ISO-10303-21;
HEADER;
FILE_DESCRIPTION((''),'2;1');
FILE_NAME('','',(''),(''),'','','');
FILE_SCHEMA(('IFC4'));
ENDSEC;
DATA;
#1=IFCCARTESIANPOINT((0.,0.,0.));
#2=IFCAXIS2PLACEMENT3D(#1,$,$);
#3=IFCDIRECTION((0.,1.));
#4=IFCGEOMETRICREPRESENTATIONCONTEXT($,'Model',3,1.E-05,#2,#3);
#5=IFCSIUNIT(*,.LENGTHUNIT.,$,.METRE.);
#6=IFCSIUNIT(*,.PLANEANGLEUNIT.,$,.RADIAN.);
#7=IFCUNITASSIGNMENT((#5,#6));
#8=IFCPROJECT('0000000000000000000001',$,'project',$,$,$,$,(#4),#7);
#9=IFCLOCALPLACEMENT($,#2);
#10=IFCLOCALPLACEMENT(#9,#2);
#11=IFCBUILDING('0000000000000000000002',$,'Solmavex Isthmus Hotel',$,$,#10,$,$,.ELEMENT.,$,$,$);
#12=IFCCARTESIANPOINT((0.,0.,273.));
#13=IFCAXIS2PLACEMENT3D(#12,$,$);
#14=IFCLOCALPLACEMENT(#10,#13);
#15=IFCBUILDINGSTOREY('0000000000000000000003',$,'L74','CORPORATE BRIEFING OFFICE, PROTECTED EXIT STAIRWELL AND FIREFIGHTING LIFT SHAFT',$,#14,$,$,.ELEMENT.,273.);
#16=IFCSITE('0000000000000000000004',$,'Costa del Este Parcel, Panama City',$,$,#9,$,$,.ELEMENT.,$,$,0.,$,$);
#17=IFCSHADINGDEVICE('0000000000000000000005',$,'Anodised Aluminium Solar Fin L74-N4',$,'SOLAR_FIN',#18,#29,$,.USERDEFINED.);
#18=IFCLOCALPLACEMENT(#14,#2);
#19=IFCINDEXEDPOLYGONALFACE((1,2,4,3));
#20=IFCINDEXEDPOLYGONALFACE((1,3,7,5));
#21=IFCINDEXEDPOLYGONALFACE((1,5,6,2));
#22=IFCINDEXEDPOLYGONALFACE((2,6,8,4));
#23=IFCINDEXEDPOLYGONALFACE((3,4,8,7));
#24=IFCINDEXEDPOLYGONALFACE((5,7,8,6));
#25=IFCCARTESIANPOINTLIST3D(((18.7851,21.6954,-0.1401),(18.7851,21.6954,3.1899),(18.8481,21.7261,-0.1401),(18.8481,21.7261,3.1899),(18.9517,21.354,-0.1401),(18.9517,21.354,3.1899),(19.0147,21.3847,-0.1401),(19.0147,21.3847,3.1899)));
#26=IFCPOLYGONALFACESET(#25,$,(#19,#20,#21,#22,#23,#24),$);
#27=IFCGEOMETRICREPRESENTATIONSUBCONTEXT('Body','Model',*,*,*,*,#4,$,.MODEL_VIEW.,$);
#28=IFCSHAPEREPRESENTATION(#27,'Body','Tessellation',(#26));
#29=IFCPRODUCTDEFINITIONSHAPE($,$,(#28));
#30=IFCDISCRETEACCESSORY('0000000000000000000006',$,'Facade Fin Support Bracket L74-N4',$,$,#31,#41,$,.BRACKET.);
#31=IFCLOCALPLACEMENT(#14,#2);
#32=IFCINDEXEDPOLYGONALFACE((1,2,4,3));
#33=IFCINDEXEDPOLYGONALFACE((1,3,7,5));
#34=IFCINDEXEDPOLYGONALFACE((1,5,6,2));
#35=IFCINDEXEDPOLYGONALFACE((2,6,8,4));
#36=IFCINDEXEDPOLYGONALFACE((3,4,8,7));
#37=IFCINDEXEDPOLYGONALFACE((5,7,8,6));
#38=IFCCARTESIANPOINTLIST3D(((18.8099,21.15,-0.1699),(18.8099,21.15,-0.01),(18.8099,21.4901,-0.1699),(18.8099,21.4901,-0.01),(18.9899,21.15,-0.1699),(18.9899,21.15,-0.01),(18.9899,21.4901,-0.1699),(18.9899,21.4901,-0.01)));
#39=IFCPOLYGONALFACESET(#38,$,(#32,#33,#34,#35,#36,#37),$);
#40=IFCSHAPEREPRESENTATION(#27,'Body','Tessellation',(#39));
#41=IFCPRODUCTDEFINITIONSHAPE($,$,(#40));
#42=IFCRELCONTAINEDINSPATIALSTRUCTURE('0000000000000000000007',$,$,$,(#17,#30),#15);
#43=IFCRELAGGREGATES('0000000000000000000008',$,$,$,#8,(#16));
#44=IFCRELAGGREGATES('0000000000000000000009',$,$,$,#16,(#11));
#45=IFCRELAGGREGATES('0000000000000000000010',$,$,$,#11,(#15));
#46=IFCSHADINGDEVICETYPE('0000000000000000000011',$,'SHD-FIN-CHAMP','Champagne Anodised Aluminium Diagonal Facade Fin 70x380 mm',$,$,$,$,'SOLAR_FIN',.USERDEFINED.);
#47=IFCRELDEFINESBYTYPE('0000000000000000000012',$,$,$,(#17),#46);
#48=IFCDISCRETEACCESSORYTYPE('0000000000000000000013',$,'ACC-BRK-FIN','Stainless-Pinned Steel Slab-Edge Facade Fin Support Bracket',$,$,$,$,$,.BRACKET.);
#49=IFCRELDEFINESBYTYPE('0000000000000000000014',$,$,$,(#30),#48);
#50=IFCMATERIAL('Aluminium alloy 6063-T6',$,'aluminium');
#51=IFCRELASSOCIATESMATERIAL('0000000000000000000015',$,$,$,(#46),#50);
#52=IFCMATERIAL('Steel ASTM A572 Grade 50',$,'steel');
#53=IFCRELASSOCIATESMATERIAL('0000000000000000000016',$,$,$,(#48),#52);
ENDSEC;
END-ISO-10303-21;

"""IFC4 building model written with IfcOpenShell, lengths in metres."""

from ifc_helpers import new_model, si_unit, direction, frame, origin, origin_2d, place, context, subcontext, project, spatial, rectangle, extrude, material, type_object, element, save


model = new_model("IFC4")

# Units and contexts
model_context = context("Model", 3, precision=1e-05, world=origin(), true_north=direction((0.0, 1.0)))
body_context = subcontext(model_context, "Body", "Model", "MODEL_VIEW")
ifc_project = project(units=[si_unit("LENGTHUNIT", "METRE"), si_unit("PLANEANGLEUNIT", "RADIAN")], contexts=[model_context])

# Site, building, storey
site_placement = place(None, origin())
site = spatial("IfcSite", under=ifc_project, at=site_placement, Name="Costa del Este Parcel, Panama City", CompositionType="ELEMENT", RefElevation=0.0)
building_placement = place(site_placement, origin())
building = spatial("IfcBuilding", under=site, at=building_placement, Name="Solmavex Isthmus Hotel", CompositionType="ELEMENT")
storey_placement = place(building_placement, frame((0.0, 0.0, 273.0)))
storey = spatial("IfcBuildingStorey", under=building, at=storey_placement, Name="L74", Description="CORPORATE BRIEFING OFFICE, PROTECTED EXIT STAIRWELL AND FIREFIGHTING LIFT SHAFT", CompositionType="ELEMENT", Elevation=273.0)

# Shared definitions
ifc_material_1 = material(Name="Aluminium alloy 6063-T6", Category="aluminium")

# Shading device
shading_device_type = type_object("IfcShadingDeviceType", Name="SHD-FIN-CHAMP", Description="Champagne Anodised Aluminium Diagonal Facade Fin 70x380 mm", ElementType="SOLAR_FIN", PredefinedType="USERDEFINED", material=ifc_material_1)
shading_device_placement = place(storey_placement, frame((18.8999, 21.54, -0.1401), z_axis=(0.0, 0.0, 1.0), x_axis=(-0.438371, 0.898794, 0.0)))
element("IfcShadingDevice", 1, at=shading_device_placement, inside=storey, type_object=shading_device_type, Name="Anodised Aluminium Solar Fin L74-N4", ObjectType="SOLAR_FIN", PredefinedType="USERDEFINED", context=body_context, shape_type="SweptSolid", body=[
    extrude(rectangle(XDim=0.3799, YDim=0.0701, at=origin_2d()), origin(), (0.0, 0.0, 1.0), 3.3301),
])

# Discrete accessory
ifc_material_2 = material(Name="Steel ASTM A572 Grade 50", Category="steel")
discrete_accessory_type = type_object("IfcDiscreteAccessoryType", Name="ACC-BRK-FIN", Description="Stainless-Pinned Steel Slab-Edge Facade Fin Support Bracket", PredefinedType="BRACKET", material=ifc_material_2)
discrete_accessory_placement = place(storey_placement, frame((18.8999, 21.3201, -0.1699), z_axis=(0.0, 0.0, 1.0), x_axis=(0.0, 1.0, 0.0)))
element("IfcDiscreteAccessory", 2, at=discrete_accessory_placement, inside=storey, type_object=discrete_accessory_type, Name="Facade Fin Support Bracket L74-N4", PredefinedType="BRACKET", context=body_context, shape_type="SweptSolid", body=[
    extrude(rectangle(XDim=0.3401, YDim=0.1799, at=origin_2d()), origin(), (0.0, 0.0, 1.0), 0.1599),
])

save(model, "model.ifc")
